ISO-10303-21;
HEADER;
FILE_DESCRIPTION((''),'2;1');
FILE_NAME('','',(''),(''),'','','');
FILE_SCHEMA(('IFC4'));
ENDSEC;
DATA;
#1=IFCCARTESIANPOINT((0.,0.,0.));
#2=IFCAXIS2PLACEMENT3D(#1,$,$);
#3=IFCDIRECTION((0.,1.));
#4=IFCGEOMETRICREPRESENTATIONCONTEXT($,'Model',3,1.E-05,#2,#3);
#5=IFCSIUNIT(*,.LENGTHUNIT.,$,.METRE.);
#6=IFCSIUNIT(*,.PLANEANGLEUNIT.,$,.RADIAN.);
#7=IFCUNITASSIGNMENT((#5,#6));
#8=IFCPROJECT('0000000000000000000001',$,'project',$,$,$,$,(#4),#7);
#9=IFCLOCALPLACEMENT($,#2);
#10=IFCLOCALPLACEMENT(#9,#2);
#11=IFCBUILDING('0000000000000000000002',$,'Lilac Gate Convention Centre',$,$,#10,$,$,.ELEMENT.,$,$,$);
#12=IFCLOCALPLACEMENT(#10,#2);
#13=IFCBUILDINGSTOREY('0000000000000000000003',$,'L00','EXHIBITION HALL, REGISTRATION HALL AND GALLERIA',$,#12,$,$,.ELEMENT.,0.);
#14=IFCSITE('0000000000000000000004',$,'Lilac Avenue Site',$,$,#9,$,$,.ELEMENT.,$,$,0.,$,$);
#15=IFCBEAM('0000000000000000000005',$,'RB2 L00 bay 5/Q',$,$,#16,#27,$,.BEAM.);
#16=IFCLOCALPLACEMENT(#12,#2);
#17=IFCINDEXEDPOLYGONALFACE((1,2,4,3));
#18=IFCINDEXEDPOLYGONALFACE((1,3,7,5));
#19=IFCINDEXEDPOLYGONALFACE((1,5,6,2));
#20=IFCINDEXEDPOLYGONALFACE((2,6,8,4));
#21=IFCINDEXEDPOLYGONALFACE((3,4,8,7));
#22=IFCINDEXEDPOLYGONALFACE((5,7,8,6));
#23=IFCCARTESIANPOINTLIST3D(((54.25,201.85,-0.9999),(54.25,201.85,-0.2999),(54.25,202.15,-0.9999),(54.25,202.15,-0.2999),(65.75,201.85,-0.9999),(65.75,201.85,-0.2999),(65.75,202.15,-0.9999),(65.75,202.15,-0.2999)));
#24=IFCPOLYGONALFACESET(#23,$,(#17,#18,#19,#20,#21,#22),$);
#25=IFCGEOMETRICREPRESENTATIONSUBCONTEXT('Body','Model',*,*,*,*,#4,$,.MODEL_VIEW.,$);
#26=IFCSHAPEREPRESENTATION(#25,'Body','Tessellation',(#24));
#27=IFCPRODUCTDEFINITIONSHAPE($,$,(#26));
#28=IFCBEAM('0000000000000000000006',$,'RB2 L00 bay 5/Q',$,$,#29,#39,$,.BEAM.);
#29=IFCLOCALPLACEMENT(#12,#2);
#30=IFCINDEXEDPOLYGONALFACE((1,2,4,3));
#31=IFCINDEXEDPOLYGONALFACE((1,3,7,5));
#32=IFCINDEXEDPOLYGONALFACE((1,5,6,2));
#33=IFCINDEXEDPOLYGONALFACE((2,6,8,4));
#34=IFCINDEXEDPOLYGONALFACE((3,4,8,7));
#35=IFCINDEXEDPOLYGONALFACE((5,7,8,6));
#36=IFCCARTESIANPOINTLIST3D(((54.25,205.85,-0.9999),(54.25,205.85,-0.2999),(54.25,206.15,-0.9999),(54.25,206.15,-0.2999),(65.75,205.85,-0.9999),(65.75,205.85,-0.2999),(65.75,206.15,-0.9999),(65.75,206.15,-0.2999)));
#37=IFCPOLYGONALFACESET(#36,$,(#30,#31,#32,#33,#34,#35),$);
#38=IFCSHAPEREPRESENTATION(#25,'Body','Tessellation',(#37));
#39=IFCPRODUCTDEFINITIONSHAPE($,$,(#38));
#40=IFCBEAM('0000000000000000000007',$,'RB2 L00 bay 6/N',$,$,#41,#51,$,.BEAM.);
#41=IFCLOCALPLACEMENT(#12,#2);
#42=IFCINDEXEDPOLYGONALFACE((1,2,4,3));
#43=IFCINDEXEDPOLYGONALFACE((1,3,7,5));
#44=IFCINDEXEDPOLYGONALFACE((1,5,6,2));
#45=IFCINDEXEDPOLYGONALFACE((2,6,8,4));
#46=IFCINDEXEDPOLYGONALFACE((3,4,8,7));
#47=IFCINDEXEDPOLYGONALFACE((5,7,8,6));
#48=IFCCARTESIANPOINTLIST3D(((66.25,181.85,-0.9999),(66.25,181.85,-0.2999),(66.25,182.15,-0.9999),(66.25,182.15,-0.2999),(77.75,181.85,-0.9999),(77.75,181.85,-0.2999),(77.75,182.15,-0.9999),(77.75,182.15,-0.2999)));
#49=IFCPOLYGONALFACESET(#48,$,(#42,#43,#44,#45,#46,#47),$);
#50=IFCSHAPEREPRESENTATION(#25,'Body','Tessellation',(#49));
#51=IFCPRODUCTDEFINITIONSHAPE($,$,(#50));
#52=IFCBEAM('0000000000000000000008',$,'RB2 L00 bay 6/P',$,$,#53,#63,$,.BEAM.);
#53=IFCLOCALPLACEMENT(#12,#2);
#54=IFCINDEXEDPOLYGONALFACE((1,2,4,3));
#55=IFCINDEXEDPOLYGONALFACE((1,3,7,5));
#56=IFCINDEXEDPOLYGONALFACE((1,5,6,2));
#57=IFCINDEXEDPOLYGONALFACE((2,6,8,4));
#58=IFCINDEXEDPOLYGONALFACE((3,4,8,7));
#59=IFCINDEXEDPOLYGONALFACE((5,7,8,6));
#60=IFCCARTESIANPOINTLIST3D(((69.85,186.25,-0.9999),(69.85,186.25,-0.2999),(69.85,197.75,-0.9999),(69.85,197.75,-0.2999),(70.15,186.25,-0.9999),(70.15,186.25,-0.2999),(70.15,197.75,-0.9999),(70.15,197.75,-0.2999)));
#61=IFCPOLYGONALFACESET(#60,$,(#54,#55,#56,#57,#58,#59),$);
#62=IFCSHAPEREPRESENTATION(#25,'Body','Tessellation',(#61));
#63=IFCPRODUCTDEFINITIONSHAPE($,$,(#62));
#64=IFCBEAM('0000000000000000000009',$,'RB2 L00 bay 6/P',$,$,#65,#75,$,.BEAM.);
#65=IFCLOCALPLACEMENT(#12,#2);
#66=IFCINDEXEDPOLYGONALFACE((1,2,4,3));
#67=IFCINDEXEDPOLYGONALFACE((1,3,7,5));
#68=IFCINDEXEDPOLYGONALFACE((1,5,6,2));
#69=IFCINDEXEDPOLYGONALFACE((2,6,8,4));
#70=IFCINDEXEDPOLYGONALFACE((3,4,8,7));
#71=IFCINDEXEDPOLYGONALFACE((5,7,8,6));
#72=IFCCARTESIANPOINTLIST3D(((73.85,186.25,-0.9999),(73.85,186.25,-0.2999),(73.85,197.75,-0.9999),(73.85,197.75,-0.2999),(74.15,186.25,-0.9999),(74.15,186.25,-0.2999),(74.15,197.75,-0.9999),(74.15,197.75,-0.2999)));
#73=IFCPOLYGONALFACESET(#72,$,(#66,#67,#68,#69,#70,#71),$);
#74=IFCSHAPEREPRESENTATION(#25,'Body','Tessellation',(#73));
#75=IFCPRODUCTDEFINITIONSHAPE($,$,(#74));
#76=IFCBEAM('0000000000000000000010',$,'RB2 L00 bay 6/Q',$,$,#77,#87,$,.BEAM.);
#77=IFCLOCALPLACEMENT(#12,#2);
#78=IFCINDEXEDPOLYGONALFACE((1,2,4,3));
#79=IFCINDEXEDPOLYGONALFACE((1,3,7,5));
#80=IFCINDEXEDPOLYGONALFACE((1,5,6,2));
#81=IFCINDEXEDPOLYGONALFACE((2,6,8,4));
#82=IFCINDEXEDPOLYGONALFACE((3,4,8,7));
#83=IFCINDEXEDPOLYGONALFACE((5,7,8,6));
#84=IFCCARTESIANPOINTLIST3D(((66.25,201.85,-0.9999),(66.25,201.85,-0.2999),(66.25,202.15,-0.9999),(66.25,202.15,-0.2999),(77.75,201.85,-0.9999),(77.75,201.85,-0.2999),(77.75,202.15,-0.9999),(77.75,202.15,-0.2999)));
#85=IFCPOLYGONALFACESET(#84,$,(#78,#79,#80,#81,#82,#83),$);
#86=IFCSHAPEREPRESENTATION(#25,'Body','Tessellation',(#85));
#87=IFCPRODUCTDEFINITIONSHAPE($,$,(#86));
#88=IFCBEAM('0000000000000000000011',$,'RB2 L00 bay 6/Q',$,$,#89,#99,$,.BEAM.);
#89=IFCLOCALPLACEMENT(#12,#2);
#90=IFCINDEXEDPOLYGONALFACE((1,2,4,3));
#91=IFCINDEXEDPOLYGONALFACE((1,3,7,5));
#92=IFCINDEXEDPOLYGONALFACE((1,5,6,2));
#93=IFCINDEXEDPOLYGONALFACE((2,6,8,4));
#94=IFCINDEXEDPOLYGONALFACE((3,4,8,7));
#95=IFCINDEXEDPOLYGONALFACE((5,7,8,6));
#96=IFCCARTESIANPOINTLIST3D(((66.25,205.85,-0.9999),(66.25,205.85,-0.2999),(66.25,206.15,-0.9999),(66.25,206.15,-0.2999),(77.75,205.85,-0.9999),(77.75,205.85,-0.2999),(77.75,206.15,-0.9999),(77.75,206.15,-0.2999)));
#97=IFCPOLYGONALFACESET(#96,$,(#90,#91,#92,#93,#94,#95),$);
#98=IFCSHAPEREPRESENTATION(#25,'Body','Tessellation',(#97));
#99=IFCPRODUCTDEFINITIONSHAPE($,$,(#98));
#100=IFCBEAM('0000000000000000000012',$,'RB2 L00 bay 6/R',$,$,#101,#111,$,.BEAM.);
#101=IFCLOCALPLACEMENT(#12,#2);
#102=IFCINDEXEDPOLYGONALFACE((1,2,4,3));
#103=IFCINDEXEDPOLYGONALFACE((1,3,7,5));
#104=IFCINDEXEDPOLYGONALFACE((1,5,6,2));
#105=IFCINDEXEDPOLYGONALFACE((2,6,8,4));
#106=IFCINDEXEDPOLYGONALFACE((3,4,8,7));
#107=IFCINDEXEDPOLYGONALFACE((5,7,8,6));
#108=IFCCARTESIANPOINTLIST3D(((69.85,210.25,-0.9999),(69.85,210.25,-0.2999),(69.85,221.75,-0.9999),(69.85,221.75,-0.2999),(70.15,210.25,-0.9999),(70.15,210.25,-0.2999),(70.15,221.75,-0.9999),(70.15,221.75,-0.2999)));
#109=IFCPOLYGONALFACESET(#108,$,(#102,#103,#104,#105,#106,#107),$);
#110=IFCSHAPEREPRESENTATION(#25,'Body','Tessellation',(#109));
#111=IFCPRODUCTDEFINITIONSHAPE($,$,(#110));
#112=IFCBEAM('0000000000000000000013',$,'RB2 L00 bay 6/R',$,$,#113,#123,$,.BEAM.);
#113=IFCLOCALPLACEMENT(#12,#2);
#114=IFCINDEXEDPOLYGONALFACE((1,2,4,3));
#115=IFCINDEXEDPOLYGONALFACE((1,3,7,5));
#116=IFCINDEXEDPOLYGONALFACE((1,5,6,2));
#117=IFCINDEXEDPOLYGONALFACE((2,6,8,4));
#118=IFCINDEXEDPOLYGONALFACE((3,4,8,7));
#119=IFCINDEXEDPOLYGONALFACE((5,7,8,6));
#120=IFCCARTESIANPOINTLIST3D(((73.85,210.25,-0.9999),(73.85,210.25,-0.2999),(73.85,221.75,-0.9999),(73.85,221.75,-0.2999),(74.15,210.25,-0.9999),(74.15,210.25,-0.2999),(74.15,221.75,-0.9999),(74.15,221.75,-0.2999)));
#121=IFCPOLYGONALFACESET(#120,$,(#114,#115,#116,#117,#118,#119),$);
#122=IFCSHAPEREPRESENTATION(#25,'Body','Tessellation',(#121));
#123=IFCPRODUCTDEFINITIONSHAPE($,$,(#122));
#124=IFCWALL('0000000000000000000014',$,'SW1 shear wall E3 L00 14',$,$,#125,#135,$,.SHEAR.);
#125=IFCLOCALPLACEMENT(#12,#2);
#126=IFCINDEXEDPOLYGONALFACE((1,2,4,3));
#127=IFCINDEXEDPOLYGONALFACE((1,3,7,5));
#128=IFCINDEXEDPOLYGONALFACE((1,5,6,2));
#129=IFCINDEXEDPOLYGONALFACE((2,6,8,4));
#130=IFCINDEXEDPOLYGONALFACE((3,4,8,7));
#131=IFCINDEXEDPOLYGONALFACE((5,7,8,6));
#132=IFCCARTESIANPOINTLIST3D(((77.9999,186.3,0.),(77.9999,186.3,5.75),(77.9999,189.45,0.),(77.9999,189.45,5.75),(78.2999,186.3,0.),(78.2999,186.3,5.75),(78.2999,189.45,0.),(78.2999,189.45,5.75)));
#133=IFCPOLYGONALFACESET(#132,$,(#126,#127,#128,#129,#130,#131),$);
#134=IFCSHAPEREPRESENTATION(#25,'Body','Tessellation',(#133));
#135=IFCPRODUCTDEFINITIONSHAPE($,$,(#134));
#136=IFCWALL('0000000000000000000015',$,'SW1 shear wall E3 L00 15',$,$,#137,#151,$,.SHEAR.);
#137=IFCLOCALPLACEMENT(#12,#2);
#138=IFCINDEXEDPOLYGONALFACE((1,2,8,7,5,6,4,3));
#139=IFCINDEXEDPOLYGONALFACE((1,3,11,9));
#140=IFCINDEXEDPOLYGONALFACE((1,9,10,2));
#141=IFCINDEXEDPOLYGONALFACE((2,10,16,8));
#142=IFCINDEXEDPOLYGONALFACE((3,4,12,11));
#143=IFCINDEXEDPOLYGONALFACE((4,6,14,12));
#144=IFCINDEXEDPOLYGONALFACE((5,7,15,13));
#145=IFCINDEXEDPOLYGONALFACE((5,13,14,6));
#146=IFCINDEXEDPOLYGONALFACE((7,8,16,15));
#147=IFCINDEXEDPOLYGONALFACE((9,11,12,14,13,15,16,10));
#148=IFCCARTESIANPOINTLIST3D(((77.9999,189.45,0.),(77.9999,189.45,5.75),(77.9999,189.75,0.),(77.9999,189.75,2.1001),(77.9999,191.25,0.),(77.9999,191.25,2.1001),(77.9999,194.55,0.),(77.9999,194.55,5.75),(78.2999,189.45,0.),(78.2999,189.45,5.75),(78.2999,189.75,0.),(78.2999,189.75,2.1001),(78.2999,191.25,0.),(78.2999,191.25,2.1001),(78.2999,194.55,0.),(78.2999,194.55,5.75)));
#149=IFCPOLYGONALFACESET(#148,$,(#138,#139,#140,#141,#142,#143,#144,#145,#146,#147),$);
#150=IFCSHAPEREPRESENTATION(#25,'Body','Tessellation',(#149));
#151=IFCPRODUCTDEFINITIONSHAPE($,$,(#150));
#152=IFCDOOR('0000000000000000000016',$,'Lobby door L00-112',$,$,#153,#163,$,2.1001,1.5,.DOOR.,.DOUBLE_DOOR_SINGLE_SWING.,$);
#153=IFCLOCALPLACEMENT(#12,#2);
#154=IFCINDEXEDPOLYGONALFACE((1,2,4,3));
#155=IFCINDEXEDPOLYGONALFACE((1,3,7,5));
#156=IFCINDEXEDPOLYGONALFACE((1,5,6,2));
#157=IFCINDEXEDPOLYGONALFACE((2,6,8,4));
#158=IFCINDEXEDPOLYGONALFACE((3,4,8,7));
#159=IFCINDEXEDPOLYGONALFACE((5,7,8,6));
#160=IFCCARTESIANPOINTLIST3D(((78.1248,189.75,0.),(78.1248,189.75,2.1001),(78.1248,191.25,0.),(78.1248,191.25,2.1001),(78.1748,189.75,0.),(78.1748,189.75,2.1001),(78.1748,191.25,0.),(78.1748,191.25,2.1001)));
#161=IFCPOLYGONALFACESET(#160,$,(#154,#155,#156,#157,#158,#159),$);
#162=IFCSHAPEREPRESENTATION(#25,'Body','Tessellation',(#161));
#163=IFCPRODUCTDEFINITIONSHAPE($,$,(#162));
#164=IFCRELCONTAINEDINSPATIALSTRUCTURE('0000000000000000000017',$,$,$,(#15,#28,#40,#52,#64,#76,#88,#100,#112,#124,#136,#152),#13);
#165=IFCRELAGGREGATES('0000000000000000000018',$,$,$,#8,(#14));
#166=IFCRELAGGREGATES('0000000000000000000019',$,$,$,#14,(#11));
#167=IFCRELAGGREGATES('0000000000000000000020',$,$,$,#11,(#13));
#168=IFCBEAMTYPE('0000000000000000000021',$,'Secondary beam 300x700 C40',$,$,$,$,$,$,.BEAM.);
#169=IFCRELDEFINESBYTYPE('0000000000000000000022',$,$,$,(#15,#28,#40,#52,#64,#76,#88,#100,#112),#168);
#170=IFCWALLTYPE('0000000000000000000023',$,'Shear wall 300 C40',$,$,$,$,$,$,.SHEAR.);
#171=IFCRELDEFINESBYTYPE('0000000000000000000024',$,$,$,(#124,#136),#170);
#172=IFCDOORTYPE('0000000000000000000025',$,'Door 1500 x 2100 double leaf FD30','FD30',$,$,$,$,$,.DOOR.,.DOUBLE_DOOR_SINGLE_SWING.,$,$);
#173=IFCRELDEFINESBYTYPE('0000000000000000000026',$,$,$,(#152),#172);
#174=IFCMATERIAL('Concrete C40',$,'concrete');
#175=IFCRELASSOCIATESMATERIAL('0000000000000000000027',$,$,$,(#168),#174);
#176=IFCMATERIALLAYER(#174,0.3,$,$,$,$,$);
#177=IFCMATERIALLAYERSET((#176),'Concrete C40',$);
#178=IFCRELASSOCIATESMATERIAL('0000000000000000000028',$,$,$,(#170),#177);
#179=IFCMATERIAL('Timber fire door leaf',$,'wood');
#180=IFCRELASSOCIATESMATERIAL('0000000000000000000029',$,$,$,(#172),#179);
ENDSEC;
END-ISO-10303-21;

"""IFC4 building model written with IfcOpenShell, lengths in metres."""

from ifc_helpers import new_model, si_unit, direction, frame, frame_2d, origin, origin_2d, place, context, subcontext, project, spatial, rectangle, extrude, material, layer, layer_set, material_profile, profile_set, type_object, element, fill, save


model = new_model("IFC4")

# Units and contexts
model_context = context("Model", 3, precision=1e-05, world=origin(), true_north=direction((0.0, 1.0)))
body_context = subcontext(model_context, "Body", "Model", "MODEL_VIEW")
ifc_project = project(units=[si_unit("LENGTHUNIT", "METRE"), si_unit("PLANEANGLEUNIT", "RADIAN")], contexts=[model_context])

# Site, building, storey
site_placement = place(None, origin())
site = spatial("IfcSite", under=ifc_project, at=site_placement, Name="Lilac Avenue Site", CompositionType="ELEMENT", RefElevation=0.0)
building_placement = place(site_placement, origin())
building = spatial("IfcBuilding", under=site, at=building_placement, Name="Lilac Gate Convention Centre", CompositionType="ELEMENT")
storey_placement = place(building_placement, origin())
storey = spatial("IfcBuildingStorey", under=building, at=storey_placement, Name="L00", Description="EXHIBITION HALL, REGISTRATION HALL AND GALLERIA", CompositionType="ELEMENT", Elevation=0.0)

# Shared definitions
ifc_material_1 = material(Name="Concrete C40", Category="concrete")

# Beams
ifc_material_profile_1 = material_profile(ifc_material_1, rectangle(XDim=0.3, YDim=0.7, at=origin_2d()), Name="RC 300x700")
ifc_profile_set_1 = profile_set([ifc_material_profile_1], Name="Concrete C40")
beam_type_1 = type_object("IfcBeamType", Name="Secondary beam 300x700 C40", PredefinedType="BEAM", material=ifc_profile_set_1)
for number, where, z_axis, x_axis, name in (
    (1, (54.25, 202.0, -0.6499), (1.0, 0.0, 0.0), (0.0, 1.0, 0.0), "RB2 L00 bay 5/Q"),
    (2, (54.25, 206.0, -0.6499), (1.0, 0.0, 0.0), (0.0, 1.0, 0.0), "RB2 L00 bay 5/Q"),
    (3, (66.25, 182.0, -0.6499), (1.0, 0.0, 0.0), (0.0, 1.0, 0.0), "RB2 L00 bay 6/N"),
    (4, (70.0, 186.25, -0.6499), (0.0, 1.0, 0.0), (-1.0, 0.0, 0.0), "RB2 L00 bay 6/P"),
    (5, (74.0, 186.25, -0.6499), (0.0, 1.0, 0.0), (-1.0, 0.0, 0.0), "RB2 L00 bay 6/P"),
    (6, (66.25, 202.0, -0.6499), (1.0, 0.0, 0.0), (0.0, 1.0, 0.0), "RB2 L00 bay 6/Q"),
    (7, (66.25, 206.0, -0.6499), (1.0, 0.0, 0.0), (0.0, 1.0, 0.0), "RB2 L00 bay 6/Q"),
    (8, (70.0, 210.25, -0.6499), (0.0, 1.0, 0.0), (-1.0, 0.0, 0.0), "RB2 L00 bay 6/R"),
    (9, (74.0, 210.25, -0.6499), (0.0, 1.0, 0.0), (-1.0, 0.0, 0.0), "RB2 L00 bay 6/R"),
):
    element("IfcBeam", number, at=place(storey_placement, frame(where, z_axis=z_axis, x_axis=x_axis)), inside=storey, type_object=beam_type_1, Name=name, PredefinedType="BEAM", context=body_context, shape_type="SweptSolid", body=[
        extrude(rectangle(XDim=0.3, YDim=0.7, at=origin_2d()), origin(), (0.0, 0.0, 1.0), 11.5),
    ])

# Wall
ifc_layer = layer(ifc_material_1, 0.3)
ifc_layer_set = layer_set([ifc_layer], Name="Concrete C40")
wall_type = type_object("IfcWallType", Name="Shear wall 300 C40", PredefinedType="SHEAR", material=ifc_layer_set)
wall_1_placement = place(storey_placement, frame((78.1499, 186.3, 0.0), z_axis=(0.0, 0.0, 1.0), x_axis=(0.0, 1.0, 0.0)))
element("IfcWall", 10, at=wall_1_placement, inside=storey, type_object=wall_type, Name="SW1 shear wall E3 L00 14", PredefinedType="SHEAR", context=body_context, shape_type="SweptSolid", body=[
    extrude(rectangle(XDim=3.1499, YDim=0.3, at=frame_2d((1.575, 0.0))), origin(), (0.0, 0.0, 1.0), 5.75),
])

# Wall, opening, door
wall_2_placement = place(storey_placement, frame((78.1499, 189.45, 0.0), z_axis=(0.0, 0.0, 1.0), x_axis=(0.0, 1.0, 0.0)))
wall_2 = element("IfcWall", 11, at=wall_2_placement, inside=storey, type_object=wall_type, Name="SW1 shear wall E3 L00 15", PredefinedType="SHEAR", context=body_context, shape_type="SweptSolid", body=[
    extrude(rectangle(XDim=5.1001, YDim=0.3, at=frame_2d((2.55, 0.0))), origin(), (0.0, 0.0, 1.0), 5.75),
])
opening_placement = place(wall_2_placement, frame((0.3, 0.0, 0.0)))
opening = element("IfcOpeningElement", 12, at=opening_placement, cuts=wall_2, PredefinedType="OPENING", context=body_context, shape_type="SweptSolid", body=[
    extrude(rectangle(XDim=1.5, YDim=2.1001, at=frame_2d((0.75, 1.05))), frame((0.0, 0.1599, 0.0), z_axis=(0.0, -1.0, 0.0), x_axis=(1.0, 0.0, 0.0)), (0.0, 0.0, 1.0), 0.3201),
])
ifc_material_2 = material(Name="Timber fire door leaf", Category="wood")
door_type = type_object("IfcDoorType", Name="Door 1500 x 2100 double leaf FD30", Description="FD30", OperationType="DOUBLE_DOOR_SINGLE_SWING", PredefinedType="DOOR", material=ifc_material_2)
door_placement = place(opening_placement, frame((1.5, 0.0, 0.0), z_axis=(0.0, 0.0, 1.0), x_axis=(-1.0, 0.0, 0.0)))
door = element("IfcDoor", 13, at=door_placement, inside=storey, type_object=door_type, Name="Lobby door L00-112", OperationType="DOUBLE_DOOR_SINGLE_SWING", OverallHeight=2.1001, OverallWidth=1.5, PredefinedType="DOOR", context=body_context, shape_type="SweptSolid", body=[
    extrude(rectangle(XDim=1.5, YDim=2.1001, at=frame_2d((0.75, 1.05))), frame((0.0, 0.0249, 0.0), z_axis=(0.0, -1.0, 0.0), x_axis=(1.0, 0.0, 0.0)), (0.0, 0.0, 1.0), 0.05),
])
fill(opening, door)

save(model, "model.ifc")
